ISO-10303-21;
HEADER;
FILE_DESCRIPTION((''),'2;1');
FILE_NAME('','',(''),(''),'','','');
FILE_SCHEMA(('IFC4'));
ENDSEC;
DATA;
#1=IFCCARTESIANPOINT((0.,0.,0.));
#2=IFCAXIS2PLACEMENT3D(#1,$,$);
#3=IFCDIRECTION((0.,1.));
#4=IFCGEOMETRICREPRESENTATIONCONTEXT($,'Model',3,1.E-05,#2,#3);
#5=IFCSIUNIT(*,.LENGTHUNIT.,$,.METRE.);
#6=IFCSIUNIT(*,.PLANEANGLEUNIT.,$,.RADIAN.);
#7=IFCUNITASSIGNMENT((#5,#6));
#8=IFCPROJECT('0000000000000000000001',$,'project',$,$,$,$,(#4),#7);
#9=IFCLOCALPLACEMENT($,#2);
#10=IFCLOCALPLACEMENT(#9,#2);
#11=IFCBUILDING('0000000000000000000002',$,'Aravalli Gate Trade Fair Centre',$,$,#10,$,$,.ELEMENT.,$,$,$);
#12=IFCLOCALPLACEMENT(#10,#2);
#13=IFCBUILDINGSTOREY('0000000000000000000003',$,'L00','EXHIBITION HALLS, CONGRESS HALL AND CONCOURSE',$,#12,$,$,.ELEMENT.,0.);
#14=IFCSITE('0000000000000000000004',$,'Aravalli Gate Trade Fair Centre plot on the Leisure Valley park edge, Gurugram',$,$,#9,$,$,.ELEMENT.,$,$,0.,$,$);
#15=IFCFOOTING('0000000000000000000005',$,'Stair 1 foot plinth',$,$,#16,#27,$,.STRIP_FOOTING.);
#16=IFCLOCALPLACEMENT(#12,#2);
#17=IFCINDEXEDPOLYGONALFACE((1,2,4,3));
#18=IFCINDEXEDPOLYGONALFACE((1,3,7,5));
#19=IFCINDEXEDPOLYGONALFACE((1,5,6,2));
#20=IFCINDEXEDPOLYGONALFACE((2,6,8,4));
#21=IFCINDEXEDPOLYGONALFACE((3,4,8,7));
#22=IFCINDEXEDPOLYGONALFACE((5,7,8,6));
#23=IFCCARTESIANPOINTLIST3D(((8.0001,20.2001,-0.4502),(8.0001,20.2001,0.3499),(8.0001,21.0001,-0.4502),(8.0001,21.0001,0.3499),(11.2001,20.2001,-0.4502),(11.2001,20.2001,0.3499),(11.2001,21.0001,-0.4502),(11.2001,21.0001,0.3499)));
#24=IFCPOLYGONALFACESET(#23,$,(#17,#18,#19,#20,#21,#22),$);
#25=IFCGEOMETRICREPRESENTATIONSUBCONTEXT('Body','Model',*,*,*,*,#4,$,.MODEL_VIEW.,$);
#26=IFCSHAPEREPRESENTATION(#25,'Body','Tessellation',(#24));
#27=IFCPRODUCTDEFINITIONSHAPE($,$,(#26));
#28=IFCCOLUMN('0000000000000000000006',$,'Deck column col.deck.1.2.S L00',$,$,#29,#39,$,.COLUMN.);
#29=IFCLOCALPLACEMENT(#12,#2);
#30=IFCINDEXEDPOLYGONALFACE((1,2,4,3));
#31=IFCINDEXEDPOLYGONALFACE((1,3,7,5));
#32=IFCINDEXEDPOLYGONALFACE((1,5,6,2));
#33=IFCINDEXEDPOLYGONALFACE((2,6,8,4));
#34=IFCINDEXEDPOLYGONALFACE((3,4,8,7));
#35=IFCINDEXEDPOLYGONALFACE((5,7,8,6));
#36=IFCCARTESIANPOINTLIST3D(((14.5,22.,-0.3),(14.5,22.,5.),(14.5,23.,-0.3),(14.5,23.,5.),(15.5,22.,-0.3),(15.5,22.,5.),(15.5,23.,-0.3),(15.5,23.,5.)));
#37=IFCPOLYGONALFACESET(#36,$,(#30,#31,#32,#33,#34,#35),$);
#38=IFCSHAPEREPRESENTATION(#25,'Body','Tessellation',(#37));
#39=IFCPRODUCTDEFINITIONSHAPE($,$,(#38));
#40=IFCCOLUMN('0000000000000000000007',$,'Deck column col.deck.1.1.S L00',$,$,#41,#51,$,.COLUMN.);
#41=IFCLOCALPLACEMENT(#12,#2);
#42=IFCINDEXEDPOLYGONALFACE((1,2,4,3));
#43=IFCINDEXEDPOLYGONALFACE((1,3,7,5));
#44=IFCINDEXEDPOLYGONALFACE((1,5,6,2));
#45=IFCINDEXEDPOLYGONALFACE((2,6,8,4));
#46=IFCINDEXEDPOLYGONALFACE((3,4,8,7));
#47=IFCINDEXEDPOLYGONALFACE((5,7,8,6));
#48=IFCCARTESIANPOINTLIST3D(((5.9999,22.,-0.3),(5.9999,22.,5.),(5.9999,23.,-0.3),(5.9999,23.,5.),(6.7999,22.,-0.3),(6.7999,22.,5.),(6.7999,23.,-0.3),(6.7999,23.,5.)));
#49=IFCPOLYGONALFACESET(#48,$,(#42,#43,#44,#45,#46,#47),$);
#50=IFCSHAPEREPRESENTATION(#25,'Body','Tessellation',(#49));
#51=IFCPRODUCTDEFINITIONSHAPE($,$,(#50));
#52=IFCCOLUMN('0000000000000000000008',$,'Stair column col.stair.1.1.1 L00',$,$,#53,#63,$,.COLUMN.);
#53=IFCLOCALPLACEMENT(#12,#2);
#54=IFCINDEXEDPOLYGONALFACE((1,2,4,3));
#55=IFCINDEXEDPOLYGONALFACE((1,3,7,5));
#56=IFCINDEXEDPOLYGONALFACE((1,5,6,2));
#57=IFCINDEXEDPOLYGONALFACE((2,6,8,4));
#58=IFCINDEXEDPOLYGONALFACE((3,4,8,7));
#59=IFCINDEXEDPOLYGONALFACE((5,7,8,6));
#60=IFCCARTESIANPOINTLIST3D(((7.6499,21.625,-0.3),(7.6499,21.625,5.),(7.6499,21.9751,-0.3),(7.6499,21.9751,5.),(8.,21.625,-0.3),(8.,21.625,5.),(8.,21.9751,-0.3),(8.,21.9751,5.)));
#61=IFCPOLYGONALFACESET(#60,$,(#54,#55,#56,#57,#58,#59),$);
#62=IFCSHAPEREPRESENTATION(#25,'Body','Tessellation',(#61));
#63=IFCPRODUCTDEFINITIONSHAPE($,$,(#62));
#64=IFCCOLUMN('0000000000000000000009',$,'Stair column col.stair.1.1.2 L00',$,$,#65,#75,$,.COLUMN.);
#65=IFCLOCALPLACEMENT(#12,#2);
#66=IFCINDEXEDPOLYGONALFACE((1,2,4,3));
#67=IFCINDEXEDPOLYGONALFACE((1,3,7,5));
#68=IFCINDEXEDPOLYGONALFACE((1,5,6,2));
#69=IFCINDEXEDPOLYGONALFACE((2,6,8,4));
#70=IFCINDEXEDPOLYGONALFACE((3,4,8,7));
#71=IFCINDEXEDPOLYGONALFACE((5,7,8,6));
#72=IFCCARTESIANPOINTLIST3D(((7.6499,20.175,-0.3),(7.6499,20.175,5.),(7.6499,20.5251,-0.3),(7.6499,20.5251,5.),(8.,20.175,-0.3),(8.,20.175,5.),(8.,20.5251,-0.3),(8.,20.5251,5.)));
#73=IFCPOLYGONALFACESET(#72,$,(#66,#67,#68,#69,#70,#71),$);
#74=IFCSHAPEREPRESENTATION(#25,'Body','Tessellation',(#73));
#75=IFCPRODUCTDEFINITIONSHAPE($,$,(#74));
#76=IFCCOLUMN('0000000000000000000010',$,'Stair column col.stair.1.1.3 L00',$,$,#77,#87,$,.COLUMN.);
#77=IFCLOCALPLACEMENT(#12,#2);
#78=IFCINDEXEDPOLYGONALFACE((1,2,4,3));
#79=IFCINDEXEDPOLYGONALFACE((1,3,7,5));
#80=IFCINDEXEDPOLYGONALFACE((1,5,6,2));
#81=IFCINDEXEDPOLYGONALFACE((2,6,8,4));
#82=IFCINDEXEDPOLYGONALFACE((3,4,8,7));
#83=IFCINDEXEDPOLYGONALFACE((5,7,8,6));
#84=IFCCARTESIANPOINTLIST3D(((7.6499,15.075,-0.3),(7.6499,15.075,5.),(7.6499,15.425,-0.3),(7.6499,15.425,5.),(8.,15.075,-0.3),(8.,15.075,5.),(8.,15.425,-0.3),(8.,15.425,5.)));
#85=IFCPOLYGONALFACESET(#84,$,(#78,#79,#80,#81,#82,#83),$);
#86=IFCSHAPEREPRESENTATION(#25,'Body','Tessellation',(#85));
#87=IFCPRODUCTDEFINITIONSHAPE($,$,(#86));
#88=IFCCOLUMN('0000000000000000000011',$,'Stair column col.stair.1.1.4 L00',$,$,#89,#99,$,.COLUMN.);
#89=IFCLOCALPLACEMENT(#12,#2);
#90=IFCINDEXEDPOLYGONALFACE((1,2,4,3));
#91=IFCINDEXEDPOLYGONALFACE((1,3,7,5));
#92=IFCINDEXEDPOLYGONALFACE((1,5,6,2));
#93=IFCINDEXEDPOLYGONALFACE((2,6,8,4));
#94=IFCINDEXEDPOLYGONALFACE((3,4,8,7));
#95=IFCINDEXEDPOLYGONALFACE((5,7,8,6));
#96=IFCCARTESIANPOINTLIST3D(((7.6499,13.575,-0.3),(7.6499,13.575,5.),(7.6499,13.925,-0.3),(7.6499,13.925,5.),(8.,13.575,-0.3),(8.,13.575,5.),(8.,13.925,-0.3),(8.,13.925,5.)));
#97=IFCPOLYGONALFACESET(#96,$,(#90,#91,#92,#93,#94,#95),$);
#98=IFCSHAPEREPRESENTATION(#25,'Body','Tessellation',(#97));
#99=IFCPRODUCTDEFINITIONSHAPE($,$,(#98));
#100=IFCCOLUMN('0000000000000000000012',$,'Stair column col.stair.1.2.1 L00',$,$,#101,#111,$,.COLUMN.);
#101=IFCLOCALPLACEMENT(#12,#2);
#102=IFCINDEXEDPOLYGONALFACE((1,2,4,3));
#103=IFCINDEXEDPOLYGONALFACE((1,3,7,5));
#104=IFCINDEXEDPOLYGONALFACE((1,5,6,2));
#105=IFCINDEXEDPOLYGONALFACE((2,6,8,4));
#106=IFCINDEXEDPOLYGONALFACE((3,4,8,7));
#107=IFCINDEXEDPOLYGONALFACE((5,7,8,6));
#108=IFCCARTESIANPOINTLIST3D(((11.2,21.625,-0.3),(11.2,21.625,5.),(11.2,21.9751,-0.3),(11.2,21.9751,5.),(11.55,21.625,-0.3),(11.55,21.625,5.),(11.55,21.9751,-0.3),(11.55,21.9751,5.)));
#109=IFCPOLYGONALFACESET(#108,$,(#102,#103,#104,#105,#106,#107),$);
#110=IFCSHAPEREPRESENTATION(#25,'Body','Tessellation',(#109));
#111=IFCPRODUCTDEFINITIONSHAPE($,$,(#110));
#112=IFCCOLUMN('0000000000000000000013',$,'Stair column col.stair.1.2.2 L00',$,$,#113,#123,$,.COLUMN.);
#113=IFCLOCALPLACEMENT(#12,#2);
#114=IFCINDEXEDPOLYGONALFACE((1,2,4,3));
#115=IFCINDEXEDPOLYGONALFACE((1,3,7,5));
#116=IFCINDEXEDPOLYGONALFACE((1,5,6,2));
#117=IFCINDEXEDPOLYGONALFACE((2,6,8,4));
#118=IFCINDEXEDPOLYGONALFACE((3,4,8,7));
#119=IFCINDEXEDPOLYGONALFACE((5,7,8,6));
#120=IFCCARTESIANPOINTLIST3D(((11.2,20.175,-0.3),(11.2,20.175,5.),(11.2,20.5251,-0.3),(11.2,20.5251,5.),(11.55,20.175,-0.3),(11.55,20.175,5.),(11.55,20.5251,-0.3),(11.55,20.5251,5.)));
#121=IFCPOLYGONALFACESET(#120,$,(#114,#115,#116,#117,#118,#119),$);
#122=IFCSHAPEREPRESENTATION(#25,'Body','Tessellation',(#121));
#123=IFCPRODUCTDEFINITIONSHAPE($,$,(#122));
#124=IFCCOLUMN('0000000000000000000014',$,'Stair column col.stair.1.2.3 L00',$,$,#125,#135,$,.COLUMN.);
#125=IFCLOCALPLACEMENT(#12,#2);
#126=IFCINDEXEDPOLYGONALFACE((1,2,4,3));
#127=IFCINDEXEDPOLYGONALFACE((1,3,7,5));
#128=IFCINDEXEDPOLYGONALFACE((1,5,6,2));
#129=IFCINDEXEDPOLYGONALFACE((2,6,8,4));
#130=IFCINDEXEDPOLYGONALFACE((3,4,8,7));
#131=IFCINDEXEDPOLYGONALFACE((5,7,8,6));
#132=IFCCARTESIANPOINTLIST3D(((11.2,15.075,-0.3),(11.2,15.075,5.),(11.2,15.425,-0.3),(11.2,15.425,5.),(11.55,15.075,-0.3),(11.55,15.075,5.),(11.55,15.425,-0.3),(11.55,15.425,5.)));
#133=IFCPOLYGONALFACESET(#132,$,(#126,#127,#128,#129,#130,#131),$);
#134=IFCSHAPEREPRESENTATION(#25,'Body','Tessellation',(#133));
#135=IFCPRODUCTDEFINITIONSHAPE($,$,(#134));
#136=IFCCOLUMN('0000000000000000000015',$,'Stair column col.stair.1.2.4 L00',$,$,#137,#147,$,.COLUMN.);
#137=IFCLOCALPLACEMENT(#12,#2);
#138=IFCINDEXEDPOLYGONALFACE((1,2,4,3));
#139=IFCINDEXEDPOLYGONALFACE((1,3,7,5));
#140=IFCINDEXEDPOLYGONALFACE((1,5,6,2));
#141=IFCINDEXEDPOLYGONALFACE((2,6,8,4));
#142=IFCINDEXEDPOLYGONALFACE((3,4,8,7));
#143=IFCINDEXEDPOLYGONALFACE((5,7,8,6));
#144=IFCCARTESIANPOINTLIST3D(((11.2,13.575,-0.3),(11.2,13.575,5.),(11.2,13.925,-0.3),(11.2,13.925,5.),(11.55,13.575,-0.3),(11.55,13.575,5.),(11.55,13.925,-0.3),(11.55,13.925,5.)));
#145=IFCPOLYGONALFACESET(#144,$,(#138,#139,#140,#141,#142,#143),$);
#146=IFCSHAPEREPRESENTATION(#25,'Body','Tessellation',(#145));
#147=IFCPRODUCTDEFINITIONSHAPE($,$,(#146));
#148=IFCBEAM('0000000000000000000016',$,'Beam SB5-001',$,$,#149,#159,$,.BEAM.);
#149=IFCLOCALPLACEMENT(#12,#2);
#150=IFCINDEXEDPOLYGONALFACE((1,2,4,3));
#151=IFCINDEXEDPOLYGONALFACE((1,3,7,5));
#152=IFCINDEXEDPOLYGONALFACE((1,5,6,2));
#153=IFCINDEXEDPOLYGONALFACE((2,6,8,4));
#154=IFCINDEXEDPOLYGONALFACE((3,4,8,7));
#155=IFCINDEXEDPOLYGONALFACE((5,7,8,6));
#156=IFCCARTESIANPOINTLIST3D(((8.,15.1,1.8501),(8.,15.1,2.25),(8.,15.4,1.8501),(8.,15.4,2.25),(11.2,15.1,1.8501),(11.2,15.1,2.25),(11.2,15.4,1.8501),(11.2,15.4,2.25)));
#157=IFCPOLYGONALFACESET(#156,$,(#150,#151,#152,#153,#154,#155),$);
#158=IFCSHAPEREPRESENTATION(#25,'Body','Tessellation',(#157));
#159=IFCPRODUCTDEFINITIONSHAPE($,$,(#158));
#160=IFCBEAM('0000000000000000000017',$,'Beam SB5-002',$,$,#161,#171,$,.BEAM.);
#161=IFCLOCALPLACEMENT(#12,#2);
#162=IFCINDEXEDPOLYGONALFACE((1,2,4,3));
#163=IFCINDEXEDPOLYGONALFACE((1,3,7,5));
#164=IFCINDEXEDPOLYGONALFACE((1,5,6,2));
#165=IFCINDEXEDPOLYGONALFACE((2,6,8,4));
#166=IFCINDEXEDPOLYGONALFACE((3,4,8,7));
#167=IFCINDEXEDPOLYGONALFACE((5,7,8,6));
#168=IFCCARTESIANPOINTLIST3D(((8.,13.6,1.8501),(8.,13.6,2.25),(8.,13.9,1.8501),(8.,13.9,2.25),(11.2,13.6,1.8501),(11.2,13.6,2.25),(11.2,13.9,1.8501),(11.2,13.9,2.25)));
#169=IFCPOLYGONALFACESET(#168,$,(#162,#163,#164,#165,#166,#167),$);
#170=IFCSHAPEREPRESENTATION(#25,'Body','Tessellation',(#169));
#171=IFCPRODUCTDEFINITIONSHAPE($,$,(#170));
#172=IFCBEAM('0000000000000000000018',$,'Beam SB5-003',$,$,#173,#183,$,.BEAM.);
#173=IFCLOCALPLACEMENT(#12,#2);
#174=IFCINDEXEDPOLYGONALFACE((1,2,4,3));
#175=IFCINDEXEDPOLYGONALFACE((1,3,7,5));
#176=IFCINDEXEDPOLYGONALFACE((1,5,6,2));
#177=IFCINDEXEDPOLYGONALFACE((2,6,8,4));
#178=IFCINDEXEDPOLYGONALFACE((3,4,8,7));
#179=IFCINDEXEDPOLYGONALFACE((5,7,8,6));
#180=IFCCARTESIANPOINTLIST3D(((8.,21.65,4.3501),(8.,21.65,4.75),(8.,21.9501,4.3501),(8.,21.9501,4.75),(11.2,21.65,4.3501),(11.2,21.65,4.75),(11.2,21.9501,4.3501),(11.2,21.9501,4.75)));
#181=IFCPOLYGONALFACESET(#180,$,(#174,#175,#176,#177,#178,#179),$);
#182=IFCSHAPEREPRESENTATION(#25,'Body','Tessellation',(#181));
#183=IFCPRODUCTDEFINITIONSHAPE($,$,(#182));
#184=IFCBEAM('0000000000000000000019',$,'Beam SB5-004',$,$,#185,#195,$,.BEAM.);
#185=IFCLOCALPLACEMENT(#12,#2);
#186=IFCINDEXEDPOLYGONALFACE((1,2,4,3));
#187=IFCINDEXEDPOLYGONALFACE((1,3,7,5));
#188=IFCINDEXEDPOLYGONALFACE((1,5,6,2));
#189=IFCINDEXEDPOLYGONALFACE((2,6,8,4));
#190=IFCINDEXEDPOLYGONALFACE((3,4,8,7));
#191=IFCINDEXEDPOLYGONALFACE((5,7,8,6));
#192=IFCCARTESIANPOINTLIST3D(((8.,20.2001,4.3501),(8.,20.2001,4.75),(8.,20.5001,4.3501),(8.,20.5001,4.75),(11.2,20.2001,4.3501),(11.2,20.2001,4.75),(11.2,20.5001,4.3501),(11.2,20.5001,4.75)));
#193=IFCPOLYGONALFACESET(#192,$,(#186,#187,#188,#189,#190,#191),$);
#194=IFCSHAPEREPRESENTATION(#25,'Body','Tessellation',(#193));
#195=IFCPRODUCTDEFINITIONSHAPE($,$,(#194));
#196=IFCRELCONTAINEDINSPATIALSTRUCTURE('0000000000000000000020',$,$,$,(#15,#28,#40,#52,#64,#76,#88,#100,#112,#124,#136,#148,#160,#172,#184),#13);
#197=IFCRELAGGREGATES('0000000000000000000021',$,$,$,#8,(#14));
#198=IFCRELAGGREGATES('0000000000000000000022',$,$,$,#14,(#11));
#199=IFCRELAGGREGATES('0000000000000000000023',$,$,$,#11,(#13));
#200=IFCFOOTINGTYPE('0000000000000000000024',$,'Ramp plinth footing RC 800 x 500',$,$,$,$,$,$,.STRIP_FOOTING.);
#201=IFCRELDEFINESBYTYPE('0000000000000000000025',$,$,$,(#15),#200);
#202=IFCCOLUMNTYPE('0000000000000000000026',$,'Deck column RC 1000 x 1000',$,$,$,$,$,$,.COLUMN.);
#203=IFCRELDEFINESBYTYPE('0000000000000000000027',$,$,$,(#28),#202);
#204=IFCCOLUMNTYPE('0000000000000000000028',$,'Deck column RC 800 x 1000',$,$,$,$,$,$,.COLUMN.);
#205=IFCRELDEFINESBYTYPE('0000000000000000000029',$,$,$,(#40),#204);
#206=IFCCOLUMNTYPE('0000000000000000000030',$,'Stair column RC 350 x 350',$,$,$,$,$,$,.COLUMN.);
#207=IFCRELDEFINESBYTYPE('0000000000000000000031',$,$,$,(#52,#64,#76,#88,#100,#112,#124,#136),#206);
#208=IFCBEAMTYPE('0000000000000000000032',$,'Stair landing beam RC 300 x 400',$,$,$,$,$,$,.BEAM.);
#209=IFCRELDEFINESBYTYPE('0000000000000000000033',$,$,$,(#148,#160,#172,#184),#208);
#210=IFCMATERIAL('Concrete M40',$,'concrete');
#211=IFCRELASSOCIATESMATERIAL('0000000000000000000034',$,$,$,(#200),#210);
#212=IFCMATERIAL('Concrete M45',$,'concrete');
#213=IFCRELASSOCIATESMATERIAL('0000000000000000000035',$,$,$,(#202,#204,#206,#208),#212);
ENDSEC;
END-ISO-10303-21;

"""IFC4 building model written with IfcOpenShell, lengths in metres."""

from ifc_helpers import new_model, si_unit, direction, frame, origin, origin_2d, place, context, subcontext, project, spatial, rectangle, extrude, material, material_profile, profile_set, type_object, element, save


model = new_model("IFC4")

# Units and contexts
model_context = context("Model", 3, precision=1e-05, world=origin(), true_north=direction((0.0, 1.0)))
body_context = subcontext(model_context, "Body", "Model", "MODEL_VIEW")
ifc_project = project(units=[si_unit("LENGTHUNIT", "METRE"), si_unit("PLANEANGLEUNIT", "RADIAN")], contexts=[model_context])

# Site, building, storey
site_placement = place(None, origin())
site = spatial("IfcSite", under=ifc_project, at=site_placement, Name="Aravalli Gate Trade Fair Centre plot on the Leisure Valley park edge, Gurugram", CompositionType="ELEMENT", RefElevation=0.0)
building_placement = place(site_placement, origin())
building = spatial("IfcBuilding", under=site, at=building_placement, Name="Aravalli Gate Trade Fair Centre", CompositionType="ELEMENT")
storey_placement = place(building_placement, origin())
storey = spatial("IfcBuildingStorey", under=building, at=storey_placement, Name="L00", Description="EXHIBITION HALLS, CONGRESS HALL AND CONCOURSE", CompositionType="ELEMENT", Elevation=0.0)

# Footing
ifc_material_1 = material(Name="Concrete M40", Category="concrete")
footing_type = type_object("IfcFootingType", Name="Ramp plinth footing RC 800 x 500", PredefinedType="STRIP_FOOTING", material=ifc_material_1)
footing_placement = place(storey_placement, frame((9.6001, 20.6001, -0.4502), z_axis=(0.0, 0.0, 1.0), x_axis=(1.0, 0.0, 0.0)))
element("IfcFooting", 1, at=footing_placement, inside=storey, type_object=footing_type, Name="Stair 1 foot plinth", PredefinedType="STRIP_FOOTING", context=body_context, shape_type="SweptSolid", body=[
    extrude(rectangle(XDim=3.2, YDim=0.8, at=origin_2d()), origin(), (0.0, 0.0, 1.0), 0.8),
])

# Columns
ifc_material_2 = material(Name="Concrete M45", Category="concrete")
ifc_material_profile_1 = material_profile(ifc_material_2, rectangle(XDim=1.0, YDim=1.0, at=origin_2d()), Name="Deck column RC 1000 x 1000")
ifc_profile_set_1 = profile_set([ifc_material_profile_1], Name="Concrete M45")
column_type_1 = type_object("IfcColumnType", Name="Deck column RC 1000 x 1000", PredefinedType="COLUMN", material=ifc_profile_set_1)
column_1_placement = place(storey_placement, frame((15.0, 22.5, -0.3), z_axis=(0.0, 0.0, 1.0), x_axis=(1.0, 0.0, 0.0)))
element("IfcColumn", 2, at=column_1_placement, inside=storey, type_object=column_type_1, Name="Deck column col.deck.1.2.S L00", PredefinedType="COLUMN", context=body_context, shape_type="SweptSolid", body=[
    extrude(rectangle(XDim=1.0, YDim=1.0, at=origin_2d()), origin(), (0.0, 0.0, 1.0), 5.3),
])
ifc_material_profile_2 = material_profile(ifc_material_2, rectangle(XDim=0.8, YDim=1.0, at=origin_2d()), Name="Deck column RC 800 x 1000")
ifc_profile_set_2 = profile_set([ifc_material_profile_2], Name="Concrete M45")
column_type_2 = type_object("IfcColumnType", Name="Deck column RC 800 x 1000", PredefinedType="COLUMN", material=ifc_profile_set_2)
column_2_placement = place(storey_placement, frame((6.3999, 22.5, -0.3), z_axis=(0.0, 0.0, 1.0), x_axis=(1.0, 0.0, 0.0)))
element("IfcColumn", 3, at=column_2_placement, inside=storey, type_object=column_type_2, Name="Deck column col.deck.1.1.S L00", PredefinedType="COLUMN", context=body_context, shape_type="SweptSolid", body=[
    extrude(rectangle(XDim=0.8, YDim=1.0, at=origin_2d()), origin(), (0.0, 0.0, 1.0), 5.3),
])
ifc_material_profile_3 = material_profile(ifc_material_2, rectangle(XDim=0.3501, YDim=0.3501, at=origin_2d()), Name="Stair column RC 350 x 350")
ifc_profile_set_3 = profile_set([ifc_material_profile_3], Name="Concrete M45")
column_type_3 = type_object("IfcColumnType", Name="Stair column RC 350 x 350", PredefinedType="COLUMN", material=ifc_profile_set_3)
for number, where, z_axis, x_axis, name in (
    (4, (7.825, 21.8, -0.3), (0.0, 0.0, 1.0), (1.0, 0.0, 0.0), "Stair column col.stair.1.1.1 L00"),
    (5, (7.825, 20.3501, -0.3), (0.0, 0.0, 1.0), (1.0, 0.0, 0.0), "Stair column col.stair.1.1.2 L00"),
    (6, (7.825, 15.25, -0.3), (0.0, 0.0, 1.0), (1.0, 0.0, 0.0), "Stair column col.stair.1.1.3 L00"),
    (7, (7.825, 13.75, -0.3), (0.0, 0.0, 1.0), (1.0, 0.0, 0.0), "Stair column col.stair.1.1.4 L00"),
    (8, (11.375, 21.8, -0.3), (0.0, 0.0, 1.0), (1.0, 0.0, 0.0), "Stair column col.stair.1.2.1 L00"),
    (9, (11.375, 20.3501, -0.3), (0.0, 0.0, 1.0), (1.0, 0.0, 0.0), "Stair column col.stair.1.2.2 L00"),
    (10, (11.375, 15.25, -0.3), (0.0, 0.0, 1.0), (1.0, 0.0, 0.0), "Stair column col.stair.1.2.3 L00"),
    (11, (11.375, 13.75, -0.3), (0.0, 0.0, 1.0), (1.0, 0.0, 0.0), "Stair column col.stair.1.2.4 L00"),
):
    element("IfcColumn", number, at=place(storey_placement, frame(where, z_axis=z_axis, x_axis=x_axis)), inside=storey, type_object=column_type_3, Name=name, PredefinedType="COLUMN", context=body_context, shape_type="SweptSolid", body=[
        extrude(rectangle(XDim=0.3501, YDim=0.3501, at=origin_2d()), origin(), (0.0, 0.0, 1.0), 5.3),
    ])

# Beams
ifc_material_profile_4 = material_profile(ifc_material_2, rectangle(XDim=0.3, YDim=0.3999, at=origin_2d()), Name="Stair landing beam RC 300 x 400")
ifc_profile_set_4 = profile_set([ifc_material_profile_4], Name="Concrete M45")
beam_type = type_object("IfcBeamType", Name="Stair landing beam RC 300 x 400", PredefinedType="BEAM", material=ifc_profile_set_4)
for number, where, z_axis, x_axis, name in (
    (12, (8.0, 15.25, 2.05), (1.0, 0.0, 0.0), (0.0, 1.0, 0.0), "Beam SB5-001"),
    (13, (8.0, 13.75, 2.05), (1.0, 0.0, 0.0), (0.0, 1.0, 0.0), "Beam SB5-002"),
    (14, (8.0, 21.8, 4.55), (1.0, 0.0, 0.0), (0.0, 1.0, 0.0), "Beam SB5-003"),
    (15, (8.0, 20.3501, 4.55), (1.0, 0.0, 0.0), (0.0, 1.0, 0.0), "Beam SB5-004"),
):
    element("IfcBeam", number, at=place(storey_placement, frame(where, z_axis=z_axis, x_axis=x_axis)), inside=storey, type_object=beam_type, Name=name, PredefinedType="BEAM", context=body_context, shape_type="SweptSolid", body=[
        extrude(rectangle(XDim=0.3, YDim=0.3999, at=origin_2d()), origin(), (0.0, 0.0, 1.0), 3.2),
    ])

save(model, "model.ifc")
